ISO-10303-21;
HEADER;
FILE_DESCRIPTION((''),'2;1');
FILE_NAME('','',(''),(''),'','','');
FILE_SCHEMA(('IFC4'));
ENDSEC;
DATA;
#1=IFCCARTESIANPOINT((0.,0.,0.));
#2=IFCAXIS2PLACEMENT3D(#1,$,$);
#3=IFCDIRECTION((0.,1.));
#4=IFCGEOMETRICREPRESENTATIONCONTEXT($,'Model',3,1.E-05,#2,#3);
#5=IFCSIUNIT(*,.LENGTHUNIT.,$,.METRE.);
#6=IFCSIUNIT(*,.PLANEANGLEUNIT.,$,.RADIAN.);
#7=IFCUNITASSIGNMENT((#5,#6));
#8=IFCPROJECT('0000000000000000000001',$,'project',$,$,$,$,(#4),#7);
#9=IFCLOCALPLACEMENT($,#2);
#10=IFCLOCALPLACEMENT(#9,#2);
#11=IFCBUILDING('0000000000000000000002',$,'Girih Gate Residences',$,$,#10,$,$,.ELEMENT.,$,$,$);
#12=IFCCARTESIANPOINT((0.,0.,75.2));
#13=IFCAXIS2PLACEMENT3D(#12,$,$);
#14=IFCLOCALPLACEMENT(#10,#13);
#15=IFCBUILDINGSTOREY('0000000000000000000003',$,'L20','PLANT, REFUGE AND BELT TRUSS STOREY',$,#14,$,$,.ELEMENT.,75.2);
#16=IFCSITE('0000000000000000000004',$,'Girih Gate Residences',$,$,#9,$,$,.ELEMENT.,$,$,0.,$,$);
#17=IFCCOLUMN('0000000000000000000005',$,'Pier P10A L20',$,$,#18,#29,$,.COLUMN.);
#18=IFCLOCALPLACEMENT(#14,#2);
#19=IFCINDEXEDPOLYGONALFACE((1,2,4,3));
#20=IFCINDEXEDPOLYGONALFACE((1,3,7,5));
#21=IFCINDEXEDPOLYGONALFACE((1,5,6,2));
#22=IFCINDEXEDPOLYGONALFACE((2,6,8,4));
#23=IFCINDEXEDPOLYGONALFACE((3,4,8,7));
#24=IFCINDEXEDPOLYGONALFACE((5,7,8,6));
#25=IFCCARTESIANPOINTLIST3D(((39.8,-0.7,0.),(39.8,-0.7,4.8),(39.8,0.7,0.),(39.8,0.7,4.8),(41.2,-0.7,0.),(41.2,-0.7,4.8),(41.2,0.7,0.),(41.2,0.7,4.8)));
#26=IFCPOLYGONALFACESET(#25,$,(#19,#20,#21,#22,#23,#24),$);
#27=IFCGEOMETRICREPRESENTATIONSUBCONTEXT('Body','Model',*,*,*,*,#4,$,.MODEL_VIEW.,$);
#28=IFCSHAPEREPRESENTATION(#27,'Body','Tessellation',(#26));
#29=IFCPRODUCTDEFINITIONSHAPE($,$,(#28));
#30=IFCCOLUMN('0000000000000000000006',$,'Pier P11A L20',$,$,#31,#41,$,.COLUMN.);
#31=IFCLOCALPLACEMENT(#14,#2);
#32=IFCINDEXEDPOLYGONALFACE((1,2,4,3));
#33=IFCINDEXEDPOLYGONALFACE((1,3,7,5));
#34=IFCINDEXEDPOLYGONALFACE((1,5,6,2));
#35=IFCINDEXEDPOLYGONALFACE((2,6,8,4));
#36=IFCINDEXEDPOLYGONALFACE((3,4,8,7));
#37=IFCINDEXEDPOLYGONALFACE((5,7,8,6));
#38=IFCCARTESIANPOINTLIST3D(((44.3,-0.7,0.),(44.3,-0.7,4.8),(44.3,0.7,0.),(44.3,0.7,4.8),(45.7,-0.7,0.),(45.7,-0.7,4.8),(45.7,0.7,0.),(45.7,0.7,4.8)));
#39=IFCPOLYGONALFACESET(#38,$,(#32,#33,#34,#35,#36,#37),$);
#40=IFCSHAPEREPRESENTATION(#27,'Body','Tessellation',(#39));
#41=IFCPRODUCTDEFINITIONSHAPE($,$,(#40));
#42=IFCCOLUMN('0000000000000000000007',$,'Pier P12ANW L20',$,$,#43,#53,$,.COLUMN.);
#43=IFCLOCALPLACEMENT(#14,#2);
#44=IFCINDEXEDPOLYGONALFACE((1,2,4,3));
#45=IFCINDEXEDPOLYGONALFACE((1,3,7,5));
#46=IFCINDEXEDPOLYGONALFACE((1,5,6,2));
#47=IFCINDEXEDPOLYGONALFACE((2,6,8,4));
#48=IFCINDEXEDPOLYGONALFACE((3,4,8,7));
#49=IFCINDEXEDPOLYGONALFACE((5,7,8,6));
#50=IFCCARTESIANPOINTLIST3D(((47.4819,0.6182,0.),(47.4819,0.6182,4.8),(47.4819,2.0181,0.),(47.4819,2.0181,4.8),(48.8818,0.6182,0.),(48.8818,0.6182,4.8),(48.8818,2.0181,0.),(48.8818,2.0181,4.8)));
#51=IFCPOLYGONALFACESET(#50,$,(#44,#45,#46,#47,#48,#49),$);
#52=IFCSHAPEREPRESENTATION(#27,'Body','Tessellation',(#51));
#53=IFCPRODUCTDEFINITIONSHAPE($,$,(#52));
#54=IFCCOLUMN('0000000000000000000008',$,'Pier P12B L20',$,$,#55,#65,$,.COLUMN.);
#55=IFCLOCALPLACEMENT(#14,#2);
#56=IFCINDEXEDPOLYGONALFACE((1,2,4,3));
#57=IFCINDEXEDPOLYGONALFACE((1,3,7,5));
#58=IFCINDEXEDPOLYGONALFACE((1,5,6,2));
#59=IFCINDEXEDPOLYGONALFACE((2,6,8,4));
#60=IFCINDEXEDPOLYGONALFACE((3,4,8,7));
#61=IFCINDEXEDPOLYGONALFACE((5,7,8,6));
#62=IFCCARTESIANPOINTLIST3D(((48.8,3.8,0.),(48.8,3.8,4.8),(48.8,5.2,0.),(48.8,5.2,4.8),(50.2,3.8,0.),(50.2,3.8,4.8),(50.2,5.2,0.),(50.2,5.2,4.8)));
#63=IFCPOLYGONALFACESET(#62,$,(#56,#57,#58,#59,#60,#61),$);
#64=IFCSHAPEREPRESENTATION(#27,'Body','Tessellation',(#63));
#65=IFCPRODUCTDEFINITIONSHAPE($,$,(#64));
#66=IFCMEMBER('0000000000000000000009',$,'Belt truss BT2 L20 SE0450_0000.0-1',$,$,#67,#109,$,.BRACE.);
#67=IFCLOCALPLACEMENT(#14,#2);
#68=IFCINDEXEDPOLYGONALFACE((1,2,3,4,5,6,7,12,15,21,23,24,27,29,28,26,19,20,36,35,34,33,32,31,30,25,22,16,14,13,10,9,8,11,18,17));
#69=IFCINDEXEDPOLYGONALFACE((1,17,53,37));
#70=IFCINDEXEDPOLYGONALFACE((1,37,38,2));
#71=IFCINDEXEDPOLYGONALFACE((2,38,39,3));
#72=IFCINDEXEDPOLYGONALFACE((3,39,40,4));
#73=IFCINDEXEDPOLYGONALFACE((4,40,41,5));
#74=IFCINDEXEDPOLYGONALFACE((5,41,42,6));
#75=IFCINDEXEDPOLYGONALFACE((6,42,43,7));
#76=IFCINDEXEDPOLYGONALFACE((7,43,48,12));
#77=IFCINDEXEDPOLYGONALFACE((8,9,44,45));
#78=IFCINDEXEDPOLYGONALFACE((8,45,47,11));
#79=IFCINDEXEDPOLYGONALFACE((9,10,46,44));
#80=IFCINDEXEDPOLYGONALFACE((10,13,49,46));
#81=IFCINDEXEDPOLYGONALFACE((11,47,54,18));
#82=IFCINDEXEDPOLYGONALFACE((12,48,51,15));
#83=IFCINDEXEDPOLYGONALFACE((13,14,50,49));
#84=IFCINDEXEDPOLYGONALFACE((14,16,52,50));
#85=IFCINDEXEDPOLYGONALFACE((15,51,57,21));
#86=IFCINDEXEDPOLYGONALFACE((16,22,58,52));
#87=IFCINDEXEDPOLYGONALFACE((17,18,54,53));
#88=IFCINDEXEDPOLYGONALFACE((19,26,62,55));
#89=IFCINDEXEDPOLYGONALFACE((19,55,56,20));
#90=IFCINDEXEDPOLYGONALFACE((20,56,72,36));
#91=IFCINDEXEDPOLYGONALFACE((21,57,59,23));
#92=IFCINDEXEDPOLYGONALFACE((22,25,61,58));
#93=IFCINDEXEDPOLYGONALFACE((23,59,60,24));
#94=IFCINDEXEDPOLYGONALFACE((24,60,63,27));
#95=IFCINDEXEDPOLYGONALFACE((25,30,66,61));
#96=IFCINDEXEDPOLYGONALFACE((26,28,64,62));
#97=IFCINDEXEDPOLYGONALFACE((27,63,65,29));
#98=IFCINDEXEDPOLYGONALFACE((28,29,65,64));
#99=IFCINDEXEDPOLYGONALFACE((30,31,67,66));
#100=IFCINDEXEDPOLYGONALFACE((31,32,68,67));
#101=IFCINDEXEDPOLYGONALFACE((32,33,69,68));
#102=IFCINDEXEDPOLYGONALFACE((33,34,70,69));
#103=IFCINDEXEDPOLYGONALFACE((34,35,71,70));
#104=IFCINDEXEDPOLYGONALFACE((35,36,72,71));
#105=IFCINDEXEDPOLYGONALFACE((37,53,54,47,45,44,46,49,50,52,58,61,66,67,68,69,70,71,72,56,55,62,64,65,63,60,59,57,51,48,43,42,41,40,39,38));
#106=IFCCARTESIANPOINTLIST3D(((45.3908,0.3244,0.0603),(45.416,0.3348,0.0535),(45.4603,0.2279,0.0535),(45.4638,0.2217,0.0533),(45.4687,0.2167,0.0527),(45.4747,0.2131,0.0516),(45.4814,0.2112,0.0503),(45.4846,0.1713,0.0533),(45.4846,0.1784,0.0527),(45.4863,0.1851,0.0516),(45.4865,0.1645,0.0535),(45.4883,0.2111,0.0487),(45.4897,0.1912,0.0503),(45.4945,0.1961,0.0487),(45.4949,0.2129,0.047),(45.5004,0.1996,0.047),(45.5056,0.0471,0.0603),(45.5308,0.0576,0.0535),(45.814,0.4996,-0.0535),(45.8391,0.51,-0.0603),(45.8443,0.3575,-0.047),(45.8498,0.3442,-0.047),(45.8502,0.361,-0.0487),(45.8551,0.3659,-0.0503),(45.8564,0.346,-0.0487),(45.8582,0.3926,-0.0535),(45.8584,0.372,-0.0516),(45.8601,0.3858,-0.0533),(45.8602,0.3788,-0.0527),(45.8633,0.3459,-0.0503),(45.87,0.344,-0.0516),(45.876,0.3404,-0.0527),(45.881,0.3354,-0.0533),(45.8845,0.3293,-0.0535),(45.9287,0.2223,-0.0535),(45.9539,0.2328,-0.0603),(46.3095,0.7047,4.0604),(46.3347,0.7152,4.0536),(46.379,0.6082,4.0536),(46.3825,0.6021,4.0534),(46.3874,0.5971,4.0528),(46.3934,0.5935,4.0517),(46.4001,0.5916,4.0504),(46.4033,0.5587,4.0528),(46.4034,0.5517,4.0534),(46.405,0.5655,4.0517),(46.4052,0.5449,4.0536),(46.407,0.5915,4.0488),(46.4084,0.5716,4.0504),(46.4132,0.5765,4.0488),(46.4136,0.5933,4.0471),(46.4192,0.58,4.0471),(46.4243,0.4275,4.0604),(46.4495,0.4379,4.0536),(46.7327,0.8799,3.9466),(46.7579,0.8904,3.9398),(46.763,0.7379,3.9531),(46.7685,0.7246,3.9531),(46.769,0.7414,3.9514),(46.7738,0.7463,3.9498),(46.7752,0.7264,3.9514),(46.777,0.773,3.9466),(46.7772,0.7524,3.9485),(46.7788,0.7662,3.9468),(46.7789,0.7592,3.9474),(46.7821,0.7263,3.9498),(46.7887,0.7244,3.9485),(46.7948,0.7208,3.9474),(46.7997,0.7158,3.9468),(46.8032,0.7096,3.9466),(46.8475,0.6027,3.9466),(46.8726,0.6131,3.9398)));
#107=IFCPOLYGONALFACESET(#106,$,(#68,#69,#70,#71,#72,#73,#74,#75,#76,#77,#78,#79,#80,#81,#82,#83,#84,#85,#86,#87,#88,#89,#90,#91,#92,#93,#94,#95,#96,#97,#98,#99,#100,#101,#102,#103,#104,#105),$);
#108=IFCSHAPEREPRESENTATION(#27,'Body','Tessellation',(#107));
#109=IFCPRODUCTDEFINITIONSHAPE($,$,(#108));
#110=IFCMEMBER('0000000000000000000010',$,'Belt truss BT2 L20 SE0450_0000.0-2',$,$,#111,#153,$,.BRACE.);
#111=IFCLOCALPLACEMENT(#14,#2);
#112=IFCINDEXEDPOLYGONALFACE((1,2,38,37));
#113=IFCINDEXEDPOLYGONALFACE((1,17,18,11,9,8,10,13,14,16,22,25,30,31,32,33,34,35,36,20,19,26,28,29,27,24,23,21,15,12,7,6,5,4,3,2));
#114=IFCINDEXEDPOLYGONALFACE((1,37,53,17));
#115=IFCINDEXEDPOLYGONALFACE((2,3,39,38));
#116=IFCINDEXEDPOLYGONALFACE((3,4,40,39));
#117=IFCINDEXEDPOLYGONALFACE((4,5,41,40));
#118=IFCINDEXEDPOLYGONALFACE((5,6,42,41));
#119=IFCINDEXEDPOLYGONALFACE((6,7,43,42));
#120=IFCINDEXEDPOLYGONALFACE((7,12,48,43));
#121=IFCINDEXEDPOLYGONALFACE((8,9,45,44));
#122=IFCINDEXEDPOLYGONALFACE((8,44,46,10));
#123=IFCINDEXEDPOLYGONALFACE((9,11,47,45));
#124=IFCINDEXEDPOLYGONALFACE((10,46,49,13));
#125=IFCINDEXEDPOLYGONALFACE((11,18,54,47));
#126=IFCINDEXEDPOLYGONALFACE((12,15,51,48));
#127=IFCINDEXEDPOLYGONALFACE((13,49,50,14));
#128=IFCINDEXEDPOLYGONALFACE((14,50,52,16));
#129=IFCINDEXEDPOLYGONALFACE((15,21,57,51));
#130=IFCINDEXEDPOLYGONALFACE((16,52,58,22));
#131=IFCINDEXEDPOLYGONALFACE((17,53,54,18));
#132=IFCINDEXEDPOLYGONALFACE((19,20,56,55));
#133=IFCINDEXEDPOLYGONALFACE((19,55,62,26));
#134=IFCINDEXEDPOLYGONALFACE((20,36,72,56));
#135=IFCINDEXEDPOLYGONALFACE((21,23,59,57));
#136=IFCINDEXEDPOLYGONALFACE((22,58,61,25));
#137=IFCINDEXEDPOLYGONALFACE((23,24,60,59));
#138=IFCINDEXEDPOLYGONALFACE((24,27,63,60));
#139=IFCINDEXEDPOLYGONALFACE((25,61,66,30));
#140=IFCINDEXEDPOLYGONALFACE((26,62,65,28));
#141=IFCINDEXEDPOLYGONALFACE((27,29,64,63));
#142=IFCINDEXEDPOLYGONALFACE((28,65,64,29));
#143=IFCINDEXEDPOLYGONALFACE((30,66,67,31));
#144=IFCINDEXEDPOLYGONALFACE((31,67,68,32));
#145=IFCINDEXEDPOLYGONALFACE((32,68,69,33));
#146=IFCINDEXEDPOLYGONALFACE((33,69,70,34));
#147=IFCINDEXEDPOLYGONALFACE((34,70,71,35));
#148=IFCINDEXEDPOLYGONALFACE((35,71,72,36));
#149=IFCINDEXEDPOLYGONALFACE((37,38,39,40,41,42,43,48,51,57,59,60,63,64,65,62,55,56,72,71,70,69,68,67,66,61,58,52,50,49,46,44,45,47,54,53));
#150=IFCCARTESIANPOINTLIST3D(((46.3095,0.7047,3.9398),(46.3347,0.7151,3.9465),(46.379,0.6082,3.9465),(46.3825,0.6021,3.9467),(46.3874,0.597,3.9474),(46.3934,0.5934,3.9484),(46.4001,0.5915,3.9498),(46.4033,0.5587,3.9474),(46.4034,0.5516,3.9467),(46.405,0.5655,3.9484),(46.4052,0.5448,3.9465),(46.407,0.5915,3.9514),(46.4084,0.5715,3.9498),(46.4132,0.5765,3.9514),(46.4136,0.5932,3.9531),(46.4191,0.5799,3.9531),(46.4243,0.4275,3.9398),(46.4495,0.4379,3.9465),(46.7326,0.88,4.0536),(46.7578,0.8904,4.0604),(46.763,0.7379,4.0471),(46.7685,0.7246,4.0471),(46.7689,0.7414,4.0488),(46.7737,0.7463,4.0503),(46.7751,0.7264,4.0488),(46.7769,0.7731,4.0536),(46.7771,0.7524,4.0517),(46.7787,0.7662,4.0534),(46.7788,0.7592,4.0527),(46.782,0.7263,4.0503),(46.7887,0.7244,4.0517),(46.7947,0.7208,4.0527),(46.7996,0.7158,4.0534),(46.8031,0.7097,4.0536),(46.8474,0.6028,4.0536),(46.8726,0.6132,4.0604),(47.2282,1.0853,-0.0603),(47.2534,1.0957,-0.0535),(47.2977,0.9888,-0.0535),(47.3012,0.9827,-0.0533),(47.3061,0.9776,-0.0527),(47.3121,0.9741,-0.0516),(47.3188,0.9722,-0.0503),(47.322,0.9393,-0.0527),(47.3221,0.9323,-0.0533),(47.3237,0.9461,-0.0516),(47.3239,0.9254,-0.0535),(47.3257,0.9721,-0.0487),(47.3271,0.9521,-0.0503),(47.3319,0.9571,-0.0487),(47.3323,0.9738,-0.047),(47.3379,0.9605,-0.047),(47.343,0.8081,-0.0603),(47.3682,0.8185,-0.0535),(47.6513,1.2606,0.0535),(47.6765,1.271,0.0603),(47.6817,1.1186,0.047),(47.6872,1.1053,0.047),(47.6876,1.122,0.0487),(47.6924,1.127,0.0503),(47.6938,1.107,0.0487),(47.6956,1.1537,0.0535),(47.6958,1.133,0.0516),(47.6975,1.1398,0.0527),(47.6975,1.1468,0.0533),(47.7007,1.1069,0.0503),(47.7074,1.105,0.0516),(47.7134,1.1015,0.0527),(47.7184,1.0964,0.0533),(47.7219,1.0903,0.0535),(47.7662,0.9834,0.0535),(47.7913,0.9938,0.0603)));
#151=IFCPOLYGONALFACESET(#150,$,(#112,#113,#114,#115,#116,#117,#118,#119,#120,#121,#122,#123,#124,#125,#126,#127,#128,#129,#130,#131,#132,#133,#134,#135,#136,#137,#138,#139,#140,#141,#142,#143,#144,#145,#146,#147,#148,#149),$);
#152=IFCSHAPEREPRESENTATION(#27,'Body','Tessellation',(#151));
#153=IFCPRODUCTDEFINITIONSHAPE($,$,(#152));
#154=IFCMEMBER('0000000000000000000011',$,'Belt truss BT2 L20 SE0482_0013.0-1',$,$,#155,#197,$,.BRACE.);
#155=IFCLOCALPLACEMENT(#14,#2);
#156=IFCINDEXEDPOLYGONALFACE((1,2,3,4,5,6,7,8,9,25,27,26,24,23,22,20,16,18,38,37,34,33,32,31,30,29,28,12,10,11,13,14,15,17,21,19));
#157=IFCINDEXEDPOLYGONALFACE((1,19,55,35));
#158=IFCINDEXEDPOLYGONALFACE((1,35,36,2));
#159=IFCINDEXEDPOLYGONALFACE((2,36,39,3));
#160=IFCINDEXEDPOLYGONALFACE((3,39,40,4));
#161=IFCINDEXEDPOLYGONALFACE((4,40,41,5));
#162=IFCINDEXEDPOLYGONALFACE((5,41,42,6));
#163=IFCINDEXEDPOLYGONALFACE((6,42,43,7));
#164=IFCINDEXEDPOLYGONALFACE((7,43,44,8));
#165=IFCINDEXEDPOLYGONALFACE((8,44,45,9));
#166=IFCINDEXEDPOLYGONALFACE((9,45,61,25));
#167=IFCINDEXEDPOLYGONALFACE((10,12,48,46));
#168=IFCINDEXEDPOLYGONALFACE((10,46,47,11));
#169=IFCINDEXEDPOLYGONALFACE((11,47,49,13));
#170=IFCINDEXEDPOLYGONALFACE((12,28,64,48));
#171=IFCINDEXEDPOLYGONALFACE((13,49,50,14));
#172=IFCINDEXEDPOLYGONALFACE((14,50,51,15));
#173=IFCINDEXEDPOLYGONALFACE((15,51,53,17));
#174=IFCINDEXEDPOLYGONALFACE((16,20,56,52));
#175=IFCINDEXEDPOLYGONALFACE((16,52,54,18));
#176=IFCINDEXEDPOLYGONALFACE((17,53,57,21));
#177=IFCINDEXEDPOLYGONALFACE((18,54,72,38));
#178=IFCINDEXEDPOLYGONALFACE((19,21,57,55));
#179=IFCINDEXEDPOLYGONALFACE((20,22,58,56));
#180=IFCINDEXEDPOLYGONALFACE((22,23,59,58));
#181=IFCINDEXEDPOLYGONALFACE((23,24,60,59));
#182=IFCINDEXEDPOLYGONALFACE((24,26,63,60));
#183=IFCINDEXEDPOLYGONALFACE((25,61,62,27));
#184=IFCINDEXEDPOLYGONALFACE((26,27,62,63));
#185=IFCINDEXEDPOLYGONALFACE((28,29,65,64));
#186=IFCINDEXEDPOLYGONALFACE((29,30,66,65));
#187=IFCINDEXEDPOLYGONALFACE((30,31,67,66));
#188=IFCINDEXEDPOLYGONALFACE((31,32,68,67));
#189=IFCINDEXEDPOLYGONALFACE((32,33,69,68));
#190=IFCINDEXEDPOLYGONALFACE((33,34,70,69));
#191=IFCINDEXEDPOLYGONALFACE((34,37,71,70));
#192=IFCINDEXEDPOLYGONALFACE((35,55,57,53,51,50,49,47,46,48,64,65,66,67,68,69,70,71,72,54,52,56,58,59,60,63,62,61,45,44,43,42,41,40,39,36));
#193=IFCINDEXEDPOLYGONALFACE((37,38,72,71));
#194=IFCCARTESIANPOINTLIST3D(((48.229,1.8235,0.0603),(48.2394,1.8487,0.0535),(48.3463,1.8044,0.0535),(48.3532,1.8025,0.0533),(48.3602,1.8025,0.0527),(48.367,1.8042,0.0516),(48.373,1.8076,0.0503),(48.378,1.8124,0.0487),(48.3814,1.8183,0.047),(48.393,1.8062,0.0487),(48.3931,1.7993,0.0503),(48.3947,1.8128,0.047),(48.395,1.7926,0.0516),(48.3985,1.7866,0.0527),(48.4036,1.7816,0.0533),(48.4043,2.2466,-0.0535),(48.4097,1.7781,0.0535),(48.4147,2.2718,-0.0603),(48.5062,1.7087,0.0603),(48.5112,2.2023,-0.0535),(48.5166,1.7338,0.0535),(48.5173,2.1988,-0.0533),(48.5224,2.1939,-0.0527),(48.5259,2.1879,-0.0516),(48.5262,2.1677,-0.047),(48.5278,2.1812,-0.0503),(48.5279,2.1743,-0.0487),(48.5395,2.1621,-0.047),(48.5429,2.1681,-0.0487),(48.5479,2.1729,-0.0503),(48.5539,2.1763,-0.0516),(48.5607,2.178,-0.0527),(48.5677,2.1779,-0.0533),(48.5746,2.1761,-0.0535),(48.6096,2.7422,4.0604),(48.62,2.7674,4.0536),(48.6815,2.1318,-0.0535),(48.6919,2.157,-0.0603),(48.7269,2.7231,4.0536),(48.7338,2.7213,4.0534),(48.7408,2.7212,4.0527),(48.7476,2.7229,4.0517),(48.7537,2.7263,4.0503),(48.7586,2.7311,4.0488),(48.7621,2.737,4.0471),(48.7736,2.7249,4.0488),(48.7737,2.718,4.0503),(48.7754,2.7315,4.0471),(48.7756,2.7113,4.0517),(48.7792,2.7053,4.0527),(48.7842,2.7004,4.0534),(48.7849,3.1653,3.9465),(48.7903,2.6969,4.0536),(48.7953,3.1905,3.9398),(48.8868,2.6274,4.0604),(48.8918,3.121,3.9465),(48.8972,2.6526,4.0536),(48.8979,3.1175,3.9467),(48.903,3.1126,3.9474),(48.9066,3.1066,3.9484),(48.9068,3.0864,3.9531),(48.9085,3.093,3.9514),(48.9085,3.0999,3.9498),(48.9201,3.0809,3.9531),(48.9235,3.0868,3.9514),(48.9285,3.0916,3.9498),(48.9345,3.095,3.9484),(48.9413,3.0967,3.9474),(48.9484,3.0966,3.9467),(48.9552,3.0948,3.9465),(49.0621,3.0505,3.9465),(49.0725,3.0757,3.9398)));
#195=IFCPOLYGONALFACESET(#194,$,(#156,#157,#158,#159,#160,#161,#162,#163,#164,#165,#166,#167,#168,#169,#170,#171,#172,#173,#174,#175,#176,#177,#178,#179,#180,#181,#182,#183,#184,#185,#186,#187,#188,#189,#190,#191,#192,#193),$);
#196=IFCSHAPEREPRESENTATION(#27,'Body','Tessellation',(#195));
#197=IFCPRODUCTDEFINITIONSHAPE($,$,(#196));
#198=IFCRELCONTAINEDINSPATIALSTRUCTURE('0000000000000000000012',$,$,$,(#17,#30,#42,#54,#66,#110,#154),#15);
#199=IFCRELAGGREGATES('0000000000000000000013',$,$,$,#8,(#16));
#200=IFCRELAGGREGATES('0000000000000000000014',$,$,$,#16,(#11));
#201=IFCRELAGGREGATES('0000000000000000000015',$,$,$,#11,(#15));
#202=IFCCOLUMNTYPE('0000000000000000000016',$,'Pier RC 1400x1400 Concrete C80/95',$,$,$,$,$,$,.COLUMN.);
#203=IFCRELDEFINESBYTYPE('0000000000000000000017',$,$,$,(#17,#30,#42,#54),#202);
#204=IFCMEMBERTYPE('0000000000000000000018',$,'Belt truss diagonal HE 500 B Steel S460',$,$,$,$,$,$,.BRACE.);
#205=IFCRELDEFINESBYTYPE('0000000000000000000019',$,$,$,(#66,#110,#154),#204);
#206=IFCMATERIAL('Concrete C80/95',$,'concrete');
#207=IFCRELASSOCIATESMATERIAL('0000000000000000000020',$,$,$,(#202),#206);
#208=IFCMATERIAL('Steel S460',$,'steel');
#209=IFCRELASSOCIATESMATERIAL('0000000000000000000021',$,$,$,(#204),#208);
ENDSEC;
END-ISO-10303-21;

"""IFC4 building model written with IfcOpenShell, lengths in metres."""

from ifc_helpers import new_model, si_unit, direction, frame, origin, origin_2d, place, context, subcontext, project, spatial, rectangle, i_section, extrude, material, material_profile, profile_set, type_object, element, save


model = new_model("IFC4")

# Units and contexts
model_context = context("Model", 3, precision=1e-05, world=origin(), true_north=direction((0.0, 1.0)))
body_context = subcontext(model_context, "Body", "Model", "MODEL_VIEW")
ifc_project = project(units=[si_unit("LENGTHUNIT", "METRE"), si_unit("PLANEANGLEUNIT", "RADIAN")], contexts=[model_context])

# Site, building, storey
site_placement = place(None, origin())
site = spatial("IfcSite", under=ifc_project, at=site_placement, Name="Girih Gate Residences", CompositionType="ELEMENT", RefElevation=0.0)
building_placement = place(site_placement, origin())
building = spatial("IfcBuilding", under=site, at=building_placement, Name="Girih Gate Residences", CompositionType="ELEMENT")
storey_placement = place(building_placement, frame((0.0, 0.0, 75.2)))
storey = spatial("IfcBuildingStorey", under=building, at=storey_placement, Name="L20", Description="PLANT, REFUGE AND BELT TRUSS STOREY", CompositionType="ELEMENT", Elevation=75.2)

# Columns
ifc_material_1 = material(Name="Concrete C80/95", Category="concrete")
ifc_material_profile_1 = material_profile(ifc_material_1, rectangle(XDim=1.3999, YDim=1.3999, at=origin_2d()))
ifc_profile_set_1 = profile_set([ifc_material_profile_1], Name="Concrete C80/95")
column_type = type_object("IfcColumnType", Name="Pier RC 1400x1400 Concrete C80/95", PredefinedType="COLUMN", material=ifc_profile_set_1)
for number, where, z_axis, x_axis, name in (
    (1, (40.5, 0.0, 0.0), (0.0, 0.0, 1.0), (1.0, 0.0, 0.0), "Pier P10A L20"),
    (2, (45.0, 0.0, 0.0), (0.0, 0.0, 1.0), (1.0, 0.0, 0.0), "Pier P11A L20"),
    (3, (48.1819, 1.3181, 0.0), (0.0, 0.0, 1.0), (1.0, 0.0, 0.0), "Pier P12ANW L20"),
    (4, (49.5, 4.5, 0.0), (0.0, 0.0, 1.0), (1.0, 0.0, 0.0), "Pier P12B L20"),
):
    element("IfcColumn", number, at=place(storey_placement, frame(where, z_axis=z_axis, x_axis=x_axis)), inside=storey, type_object=column_type, Name=name, PredefinedType="COLUMN", context=body_context, shape_type="SweptSolid", body=[
        extrude(rectangle(XDim=1.3999, YDim=1.3999, at=origin_2d()), origin(), (0.0, 0.0, 1.0), 4.8),
    ])

# Members
ifc_material_2 = material(Name="Steel S460", Category="steel")
ifc_material_profile_2 = material_profile(ifc_material_2, i_section(OverallWidth=0.3, OverallDepth=0.5, WebThickness=0.0144, FlangeThickness=0.0281, FilletRadius=0.0271, at=origin_2d()))
ifc_profile_set_2 = profile_set([ifc_material_profile_2], Name="Steel S460")
member_type_1 = type_object("IfcMemberType", Name="Belt truss diagonal HE 500 B Steel S460", PredefinedType="BRACE", material=ifc_profile_set_2)
for number, where, z_axis, x_axis, name in (
    (5, (45.6724, 0.2786, 0.0), (0.222892, 0.092284, 0.970465), (-0.38254, 0.923939, 0.0), "Belt truss BT2 L20 SE0450_0000.0-1"),
    (6, (47.5098, 1.0396, 0.0), (-0.222891, -0.092343, 0.97046), (0.382749, -0.923852, 0.0), "Belt truss BT2 L20 SE0450_0000.0-2"),
    (7, (48.4604, 1.9902, 0.0), (0.092343, 0.222891, 0.97046), (-0.923852, 0.382749, 0.0), "Belt truss BT2 L20 SE0482_0013.0-1"),
):
    element("IfcMember", number, at=place(storey_placement, frame(where, z_axis=z_axis, x_axis=x_axis)), inside=storey, type_object=member_type_1, Name=name, PredefinedType="BRACE", context=body_context, shape_type="SweptSolid", body=[
        extrude(i_section(OverallWidth=0.3, OverallDepth=0.5, WebThickness=0.0144, FlangeThickness=0.0281, FilletRadius=0.0271, at=origin_2d()), origin(), (0.0, 0.0, 1.0), 4.1218),
    ])

save(model, "model.ifc")
